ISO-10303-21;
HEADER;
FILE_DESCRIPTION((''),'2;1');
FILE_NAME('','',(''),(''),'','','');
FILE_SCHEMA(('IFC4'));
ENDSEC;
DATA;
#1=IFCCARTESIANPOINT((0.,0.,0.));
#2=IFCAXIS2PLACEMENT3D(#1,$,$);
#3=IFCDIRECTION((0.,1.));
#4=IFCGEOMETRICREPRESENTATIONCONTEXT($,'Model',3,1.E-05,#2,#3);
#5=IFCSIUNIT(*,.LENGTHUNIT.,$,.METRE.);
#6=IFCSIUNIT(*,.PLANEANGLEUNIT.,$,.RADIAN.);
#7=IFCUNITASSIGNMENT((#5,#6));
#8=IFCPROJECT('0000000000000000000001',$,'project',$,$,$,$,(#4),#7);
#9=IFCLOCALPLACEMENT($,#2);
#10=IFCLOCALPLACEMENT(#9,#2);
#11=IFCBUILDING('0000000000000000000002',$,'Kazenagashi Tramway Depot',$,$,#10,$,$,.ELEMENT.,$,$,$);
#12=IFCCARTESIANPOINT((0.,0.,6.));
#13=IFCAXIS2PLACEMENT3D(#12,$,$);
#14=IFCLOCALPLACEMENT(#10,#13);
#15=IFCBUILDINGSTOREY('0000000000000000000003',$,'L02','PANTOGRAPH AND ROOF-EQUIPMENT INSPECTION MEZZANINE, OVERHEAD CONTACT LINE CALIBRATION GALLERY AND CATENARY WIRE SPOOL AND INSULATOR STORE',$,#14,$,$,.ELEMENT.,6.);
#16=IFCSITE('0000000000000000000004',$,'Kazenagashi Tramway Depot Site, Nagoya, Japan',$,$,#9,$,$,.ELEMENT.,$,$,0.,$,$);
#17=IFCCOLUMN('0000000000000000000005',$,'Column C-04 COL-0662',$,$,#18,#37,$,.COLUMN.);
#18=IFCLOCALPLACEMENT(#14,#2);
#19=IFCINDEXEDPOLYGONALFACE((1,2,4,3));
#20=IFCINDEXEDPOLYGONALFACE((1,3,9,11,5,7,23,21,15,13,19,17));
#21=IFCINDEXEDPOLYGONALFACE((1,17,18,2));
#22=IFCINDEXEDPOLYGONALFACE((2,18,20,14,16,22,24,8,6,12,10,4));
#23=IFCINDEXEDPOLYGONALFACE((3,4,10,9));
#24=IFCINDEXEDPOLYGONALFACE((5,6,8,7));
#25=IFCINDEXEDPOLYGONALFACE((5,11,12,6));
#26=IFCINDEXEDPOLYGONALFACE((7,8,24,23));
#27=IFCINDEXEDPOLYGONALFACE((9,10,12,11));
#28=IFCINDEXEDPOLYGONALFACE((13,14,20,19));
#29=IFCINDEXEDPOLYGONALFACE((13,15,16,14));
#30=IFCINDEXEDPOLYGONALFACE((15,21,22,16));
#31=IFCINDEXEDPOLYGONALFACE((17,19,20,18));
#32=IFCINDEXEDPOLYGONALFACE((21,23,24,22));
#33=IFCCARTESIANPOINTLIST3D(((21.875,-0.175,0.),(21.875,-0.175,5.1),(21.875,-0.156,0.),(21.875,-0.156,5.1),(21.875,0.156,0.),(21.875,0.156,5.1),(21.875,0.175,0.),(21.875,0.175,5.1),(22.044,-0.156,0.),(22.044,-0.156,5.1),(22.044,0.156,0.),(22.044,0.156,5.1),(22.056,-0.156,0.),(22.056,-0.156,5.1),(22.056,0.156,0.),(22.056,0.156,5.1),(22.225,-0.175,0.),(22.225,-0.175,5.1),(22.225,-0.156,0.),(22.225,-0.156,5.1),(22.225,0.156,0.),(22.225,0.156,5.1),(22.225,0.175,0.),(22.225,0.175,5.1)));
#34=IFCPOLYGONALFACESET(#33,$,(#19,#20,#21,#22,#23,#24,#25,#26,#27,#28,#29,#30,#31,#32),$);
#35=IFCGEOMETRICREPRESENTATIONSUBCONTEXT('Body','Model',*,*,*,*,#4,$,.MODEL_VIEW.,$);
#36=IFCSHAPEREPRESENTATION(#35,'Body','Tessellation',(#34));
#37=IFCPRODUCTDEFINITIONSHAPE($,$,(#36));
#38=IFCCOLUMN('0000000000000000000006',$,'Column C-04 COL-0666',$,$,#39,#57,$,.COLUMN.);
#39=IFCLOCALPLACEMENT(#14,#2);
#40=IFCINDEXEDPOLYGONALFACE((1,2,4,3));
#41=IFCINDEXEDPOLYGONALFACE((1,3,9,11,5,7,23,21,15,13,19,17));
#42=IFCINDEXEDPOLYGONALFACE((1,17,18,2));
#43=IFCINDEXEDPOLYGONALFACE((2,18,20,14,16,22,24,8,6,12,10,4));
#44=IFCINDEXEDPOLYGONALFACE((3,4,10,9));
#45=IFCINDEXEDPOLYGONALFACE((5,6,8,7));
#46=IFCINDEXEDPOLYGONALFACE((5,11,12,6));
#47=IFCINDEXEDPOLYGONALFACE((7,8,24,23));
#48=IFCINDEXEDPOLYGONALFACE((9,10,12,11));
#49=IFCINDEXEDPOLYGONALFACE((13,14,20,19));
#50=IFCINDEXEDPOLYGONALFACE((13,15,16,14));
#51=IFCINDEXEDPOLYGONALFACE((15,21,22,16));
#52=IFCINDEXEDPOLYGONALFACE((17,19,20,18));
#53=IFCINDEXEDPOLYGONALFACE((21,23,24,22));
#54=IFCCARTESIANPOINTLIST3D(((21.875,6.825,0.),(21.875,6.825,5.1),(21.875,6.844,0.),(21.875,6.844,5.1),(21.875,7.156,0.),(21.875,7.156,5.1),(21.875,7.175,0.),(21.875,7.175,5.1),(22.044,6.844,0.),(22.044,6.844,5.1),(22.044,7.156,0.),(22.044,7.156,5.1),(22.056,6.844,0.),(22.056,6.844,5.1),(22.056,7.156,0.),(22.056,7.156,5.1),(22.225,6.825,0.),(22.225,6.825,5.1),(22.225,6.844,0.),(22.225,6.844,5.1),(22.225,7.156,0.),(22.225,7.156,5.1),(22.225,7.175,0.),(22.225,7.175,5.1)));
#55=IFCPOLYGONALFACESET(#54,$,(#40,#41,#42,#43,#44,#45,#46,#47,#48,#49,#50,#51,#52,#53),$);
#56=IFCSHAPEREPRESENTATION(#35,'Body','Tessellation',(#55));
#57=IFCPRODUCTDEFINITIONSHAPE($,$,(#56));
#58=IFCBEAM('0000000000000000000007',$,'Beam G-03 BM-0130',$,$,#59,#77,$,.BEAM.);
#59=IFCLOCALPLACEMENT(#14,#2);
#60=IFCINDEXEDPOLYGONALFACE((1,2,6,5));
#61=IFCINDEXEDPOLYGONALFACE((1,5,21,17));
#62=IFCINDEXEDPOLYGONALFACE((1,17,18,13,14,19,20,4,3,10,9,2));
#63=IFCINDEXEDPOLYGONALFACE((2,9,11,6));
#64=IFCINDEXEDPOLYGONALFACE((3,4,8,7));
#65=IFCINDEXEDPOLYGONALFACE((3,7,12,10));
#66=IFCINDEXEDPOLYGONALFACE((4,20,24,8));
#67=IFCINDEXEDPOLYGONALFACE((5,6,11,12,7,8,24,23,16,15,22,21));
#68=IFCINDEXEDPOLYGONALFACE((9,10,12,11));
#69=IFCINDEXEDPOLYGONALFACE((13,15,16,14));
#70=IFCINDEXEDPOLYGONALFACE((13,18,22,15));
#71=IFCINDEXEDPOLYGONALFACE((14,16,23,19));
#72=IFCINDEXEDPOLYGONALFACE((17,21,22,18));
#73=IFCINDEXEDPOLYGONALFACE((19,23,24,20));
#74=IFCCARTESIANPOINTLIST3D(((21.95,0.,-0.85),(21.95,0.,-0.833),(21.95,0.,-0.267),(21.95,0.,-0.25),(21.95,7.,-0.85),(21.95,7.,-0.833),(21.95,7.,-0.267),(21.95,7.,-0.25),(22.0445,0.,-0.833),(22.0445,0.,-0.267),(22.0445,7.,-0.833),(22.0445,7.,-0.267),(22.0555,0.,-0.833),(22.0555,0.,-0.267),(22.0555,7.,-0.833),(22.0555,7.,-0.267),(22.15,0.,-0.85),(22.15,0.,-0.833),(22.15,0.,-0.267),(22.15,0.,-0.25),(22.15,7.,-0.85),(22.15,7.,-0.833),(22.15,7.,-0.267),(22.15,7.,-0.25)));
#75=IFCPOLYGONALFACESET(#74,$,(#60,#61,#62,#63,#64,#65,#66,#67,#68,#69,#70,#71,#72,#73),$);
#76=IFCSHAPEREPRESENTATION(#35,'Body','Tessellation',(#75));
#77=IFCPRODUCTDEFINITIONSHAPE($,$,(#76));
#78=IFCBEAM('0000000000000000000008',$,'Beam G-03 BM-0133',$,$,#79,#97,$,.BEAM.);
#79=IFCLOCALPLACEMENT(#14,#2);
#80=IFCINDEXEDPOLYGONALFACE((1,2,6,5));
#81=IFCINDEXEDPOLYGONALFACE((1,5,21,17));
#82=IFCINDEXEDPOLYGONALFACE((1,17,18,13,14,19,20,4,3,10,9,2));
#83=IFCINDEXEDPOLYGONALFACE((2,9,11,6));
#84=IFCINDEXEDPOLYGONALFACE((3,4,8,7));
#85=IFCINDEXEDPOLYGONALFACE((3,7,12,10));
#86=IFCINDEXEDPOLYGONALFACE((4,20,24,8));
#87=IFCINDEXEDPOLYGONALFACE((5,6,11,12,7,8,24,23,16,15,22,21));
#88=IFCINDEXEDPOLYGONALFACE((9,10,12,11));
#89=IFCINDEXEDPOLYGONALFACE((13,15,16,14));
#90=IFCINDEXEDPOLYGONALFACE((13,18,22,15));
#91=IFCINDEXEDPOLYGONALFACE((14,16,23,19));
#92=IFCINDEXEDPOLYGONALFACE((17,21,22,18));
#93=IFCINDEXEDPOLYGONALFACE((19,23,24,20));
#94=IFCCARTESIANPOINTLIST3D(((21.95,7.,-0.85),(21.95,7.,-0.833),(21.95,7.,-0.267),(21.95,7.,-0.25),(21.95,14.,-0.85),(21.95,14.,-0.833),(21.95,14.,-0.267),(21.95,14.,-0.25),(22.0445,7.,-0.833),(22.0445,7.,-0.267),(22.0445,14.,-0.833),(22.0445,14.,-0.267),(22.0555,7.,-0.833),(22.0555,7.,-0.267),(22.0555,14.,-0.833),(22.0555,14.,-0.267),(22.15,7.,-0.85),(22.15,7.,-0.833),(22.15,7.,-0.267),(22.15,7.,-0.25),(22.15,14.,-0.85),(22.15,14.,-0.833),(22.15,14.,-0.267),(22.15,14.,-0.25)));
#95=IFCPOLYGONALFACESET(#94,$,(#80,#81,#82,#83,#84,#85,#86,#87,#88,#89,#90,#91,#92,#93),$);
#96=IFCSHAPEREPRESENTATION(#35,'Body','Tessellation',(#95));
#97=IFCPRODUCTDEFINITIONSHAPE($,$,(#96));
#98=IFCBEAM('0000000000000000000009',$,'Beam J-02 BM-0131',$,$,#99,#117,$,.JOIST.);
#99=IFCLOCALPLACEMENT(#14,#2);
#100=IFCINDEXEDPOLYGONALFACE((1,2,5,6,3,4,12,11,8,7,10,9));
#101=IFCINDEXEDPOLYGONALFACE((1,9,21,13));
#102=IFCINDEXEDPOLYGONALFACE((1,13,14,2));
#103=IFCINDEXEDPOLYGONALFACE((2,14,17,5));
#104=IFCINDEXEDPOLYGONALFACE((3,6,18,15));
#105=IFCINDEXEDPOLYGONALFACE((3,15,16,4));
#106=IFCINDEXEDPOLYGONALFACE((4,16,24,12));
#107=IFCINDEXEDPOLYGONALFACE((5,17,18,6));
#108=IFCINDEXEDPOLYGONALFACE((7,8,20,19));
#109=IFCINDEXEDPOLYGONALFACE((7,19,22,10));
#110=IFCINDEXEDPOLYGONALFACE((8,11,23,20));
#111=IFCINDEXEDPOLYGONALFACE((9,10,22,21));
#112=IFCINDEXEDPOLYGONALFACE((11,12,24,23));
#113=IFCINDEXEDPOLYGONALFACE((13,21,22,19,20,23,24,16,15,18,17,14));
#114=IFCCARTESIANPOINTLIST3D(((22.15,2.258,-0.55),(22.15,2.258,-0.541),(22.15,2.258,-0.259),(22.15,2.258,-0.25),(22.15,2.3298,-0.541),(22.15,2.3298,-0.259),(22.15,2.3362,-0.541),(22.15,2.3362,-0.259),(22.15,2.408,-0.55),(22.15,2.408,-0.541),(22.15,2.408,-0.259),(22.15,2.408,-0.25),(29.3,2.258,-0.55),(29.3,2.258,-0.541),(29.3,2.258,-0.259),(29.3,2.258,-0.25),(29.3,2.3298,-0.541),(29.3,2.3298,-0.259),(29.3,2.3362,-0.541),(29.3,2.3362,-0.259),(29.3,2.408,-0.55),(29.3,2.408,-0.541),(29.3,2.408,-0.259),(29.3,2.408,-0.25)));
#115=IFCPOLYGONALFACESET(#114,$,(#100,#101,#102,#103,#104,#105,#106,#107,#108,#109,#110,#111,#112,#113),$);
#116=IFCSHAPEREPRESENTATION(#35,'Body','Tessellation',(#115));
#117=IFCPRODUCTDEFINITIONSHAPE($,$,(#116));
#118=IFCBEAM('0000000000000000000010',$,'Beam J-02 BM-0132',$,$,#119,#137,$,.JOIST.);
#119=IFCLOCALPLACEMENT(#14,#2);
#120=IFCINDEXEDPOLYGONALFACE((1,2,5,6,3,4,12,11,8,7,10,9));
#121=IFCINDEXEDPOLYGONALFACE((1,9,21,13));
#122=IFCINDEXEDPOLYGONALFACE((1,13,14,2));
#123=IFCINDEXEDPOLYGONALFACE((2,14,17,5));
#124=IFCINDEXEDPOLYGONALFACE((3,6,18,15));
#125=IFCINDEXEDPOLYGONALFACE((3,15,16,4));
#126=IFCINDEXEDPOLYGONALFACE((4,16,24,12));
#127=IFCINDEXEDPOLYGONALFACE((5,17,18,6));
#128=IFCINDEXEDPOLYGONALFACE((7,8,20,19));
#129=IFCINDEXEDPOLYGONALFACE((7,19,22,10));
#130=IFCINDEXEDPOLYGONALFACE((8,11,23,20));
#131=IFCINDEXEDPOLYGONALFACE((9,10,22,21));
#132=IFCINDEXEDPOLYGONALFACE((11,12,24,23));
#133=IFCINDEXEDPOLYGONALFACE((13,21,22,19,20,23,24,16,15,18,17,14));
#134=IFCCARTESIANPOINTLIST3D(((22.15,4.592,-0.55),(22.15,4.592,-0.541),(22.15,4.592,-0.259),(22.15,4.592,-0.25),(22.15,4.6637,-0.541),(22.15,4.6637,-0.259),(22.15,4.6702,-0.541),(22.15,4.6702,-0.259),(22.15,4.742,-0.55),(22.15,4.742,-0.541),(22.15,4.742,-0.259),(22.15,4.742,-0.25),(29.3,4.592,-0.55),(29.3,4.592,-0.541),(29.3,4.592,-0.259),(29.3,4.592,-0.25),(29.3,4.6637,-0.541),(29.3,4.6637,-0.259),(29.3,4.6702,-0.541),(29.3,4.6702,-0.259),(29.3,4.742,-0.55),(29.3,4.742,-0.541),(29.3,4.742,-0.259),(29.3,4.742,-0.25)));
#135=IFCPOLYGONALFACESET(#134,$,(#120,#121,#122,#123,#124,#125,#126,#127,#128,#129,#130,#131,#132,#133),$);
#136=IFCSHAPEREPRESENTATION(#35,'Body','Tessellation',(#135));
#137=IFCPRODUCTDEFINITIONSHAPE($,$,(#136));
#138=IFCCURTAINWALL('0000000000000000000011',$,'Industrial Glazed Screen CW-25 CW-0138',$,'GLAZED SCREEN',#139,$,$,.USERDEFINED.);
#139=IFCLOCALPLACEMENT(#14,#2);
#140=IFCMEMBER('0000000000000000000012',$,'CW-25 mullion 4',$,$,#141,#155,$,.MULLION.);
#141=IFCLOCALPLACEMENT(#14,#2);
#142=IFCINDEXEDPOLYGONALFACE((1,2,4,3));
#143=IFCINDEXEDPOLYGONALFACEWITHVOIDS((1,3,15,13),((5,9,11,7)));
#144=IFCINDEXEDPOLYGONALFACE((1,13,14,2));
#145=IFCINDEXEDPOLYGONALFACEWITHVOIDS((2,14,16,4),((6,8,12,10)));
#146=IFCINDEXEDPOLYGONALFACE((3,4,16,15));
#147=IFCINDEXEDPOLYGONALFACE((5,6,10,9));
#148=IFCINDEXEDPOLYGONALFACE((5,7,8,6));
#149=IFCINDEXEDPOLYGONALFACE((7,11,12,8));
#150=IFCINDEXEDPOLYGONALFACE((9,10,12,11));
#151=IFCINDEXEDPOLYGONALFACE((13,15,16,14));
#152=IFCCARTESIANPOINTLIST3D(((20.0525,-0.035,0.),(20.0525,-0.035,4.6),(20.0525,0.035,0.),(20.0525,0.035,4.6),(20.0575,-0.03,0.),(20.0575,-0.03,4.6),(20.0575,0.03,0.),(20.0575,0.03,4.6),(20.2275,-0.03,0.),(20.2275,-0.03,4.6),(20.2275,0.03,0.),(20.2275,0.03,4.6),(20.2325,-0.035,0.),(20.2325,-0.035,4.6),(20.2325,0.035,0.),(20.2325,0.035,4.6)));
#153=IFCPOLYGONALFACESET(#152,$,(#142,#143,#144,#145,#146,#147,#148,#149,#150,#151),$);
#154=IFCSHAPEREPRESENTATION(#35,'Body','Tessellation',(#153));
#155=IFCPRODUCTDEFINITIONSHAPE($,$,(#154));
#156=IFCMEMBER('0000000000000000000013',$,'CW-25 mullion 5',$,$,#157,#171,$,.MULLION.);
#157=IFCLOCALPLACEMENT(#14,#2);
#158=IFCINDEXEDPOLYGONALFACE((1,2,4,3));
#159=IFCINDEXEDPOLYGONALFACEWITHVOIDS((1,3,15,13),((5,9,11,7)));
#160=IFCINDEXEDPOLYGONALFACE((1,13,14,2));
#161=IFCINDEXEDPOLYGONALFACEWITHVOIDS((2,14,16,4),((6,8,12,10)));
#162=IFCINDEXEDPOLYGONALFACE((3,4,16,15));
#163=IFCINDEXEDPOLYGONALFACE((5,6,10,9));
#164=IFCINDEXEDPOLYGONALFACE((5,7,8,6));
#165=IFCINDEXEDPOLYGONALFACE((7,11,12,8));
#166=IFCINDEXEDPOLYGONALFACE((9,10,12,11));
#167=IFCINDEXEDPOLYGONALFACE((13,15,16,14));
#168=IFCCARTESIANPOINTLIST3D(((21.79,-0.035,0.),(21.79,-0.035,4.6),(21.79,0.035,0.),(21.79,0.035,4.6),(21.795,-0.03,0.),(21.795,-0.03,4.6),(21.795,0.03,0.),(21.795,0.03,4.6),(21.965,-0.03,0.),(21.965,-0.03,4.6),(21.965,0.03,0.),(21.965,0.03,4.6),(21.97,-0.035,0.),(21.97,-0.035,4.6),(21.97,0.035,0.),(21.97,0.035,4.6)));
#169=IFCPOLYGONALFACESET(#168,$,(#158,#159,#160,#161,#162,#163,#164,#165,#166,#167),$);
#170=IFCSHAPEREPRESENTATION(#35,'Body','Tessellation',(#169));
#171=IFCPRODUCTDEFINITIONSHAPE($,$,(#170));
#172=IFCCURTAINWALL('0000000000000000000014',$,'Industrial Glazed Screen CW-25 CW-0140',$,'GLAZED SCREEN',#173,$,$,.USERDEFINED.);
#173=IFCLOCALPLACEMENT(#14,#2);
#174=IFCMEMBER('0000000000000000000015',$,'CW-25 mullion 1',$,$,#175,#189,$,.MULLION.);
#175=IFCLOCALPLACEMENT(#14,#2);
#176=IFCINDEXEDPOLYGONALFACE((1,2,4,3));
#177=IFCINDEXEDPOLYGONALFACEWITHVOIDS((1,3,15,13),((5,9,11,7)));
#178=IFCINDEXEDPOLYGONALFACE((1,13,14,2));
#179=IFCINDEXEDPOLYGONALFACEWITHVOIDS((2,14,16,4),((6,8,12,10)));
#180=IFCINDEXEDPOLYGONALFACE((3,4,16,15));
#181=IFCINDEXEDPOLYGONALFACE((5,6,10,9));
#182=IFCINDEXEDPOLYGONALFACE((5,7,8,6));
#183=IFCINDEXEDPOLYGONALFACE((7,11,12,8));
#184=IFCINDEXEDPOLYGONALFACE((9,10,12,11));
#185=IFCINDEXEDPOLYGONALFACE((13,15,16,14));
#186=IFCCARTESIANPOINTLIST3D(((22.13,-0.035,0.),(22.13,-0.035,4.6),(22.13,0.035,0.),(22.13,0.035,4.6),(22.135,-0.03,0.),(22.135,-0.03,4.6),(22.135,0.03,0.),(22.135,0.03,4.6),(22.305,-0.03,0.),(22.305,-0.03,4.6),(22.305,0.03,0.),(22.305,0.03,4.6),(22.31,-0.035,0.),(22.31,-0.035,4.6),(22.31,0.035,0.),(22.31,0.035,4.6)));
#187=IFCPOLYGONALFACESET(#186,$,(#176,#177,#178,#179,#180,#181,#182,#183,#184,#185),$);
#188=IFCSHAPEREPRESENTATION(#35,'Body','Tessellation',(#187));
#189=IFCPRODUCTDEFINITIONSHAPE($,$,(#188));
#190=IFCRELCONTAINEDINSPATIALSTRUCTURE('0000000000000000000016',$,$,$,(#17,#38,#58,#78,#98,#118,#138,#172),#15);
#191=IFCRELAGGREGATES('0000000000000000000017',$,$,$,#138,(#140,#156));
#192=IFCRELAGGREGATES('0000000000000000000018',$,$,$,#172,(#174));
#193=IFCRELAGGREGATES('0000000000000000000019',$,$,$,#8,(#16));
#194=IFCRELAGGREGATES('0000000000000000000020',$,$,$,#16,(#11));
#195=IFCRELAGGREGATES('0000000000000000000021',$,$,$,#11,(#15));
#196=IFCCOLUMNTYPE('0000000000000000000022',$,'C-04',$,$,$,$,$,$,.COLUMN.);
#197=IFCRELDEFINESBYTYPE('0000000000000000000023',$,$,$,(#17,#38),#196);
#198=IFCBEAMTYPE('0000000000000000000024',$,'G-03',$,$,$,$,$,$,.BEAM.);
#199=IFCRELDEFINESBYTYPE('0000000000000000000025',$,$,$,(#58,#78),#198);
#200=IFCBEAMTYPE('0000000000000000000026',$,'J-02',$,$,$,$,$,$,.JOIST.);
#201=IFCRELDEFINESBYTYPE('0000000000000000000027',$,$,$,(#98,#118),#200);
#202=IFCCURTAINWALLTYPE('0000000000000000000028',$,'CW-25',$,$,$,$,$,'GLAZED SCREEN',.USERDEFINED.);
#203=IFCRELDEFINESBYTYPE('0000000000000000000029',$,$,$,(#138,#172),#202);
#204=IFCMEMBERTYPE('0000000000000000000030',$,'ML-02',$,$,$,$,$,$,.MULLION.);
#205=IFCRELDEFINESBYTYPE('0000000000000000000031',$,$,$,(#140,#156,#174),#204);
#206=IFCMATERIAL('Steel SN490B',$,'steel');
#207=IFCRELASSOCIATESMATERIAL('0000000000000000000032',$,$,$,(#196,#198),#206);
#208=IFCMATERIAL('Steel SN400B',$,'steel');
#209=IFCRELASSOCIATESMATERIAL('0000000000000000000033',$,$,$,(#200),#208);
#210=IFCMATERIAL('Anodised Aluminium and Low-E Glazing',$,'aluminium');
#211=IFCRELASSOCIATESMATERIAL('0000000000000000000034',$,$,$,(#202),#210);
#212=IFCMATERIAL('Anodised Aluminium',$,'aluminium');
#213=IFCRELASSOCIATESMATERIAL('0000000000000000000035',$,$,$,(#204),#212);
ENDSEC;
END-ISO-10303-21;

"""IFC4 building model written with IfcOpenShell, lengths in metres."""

from ifc_helpers import new_model, si_unit, direction, frame, origin, origin_2d, place, context, subcontext, project, spatial, hollow_rectangle, i_section, extrude, material, material_profile, profile_set, type_object, element, aggregate, save


model = new_model("IFC4")

# Units and contexts
model_context = context("Model", 3, precision=1e-05, world=origin(), true_north=direction((0.0, 1.0)))
body_context = subcontext(model_context, "Body", "Model", "MODEL_VIEW")
ifc_project = project(units=[si_unit("LENGTHUNIT", "METRE"), si_unit("PLANEANGLEUNIT", "RADIAN")], contexts=[model_context])

# Site, building, storey
site_placement = place(None, origin())
site = spatial("IfcSite", under=ifc_project, at=site_placement, Name="Kazenagashi Tramway Depot Site, Nagoya, Japan", CompositionType="ELEMENT", RefElevation=0.0)
building_placement = place(site_placement, origin())
building = spatial("IfcBuilding", under=site, at=building_placement, Name="Kazenagashi Tramway Depot", CompositionType="ELEMENT")
storey_placement = place(building_placement, frame((0.0, 0.0, 6.0)))
storey = spatial("IfcBuildingStorey", under=building, at=storey_placement, Name="L02", Description="PANTOGRAPH AND ROOF-EQUIPMENT INSPECTION MEZZANINE, OVERHEAD CONTACT LINE CALIBRATION GALLERY AND CATENARY WIRE SPOOL AND INSULATOR STORE", CompositionType="ELEMENT", Elevation=6.0)

# Columns
ifc_material_1 = material(Name="Steel SN490B", Category="steel")
ifc_material_profile_1 = material_profile(ifc_material_1, i_section(OverallWidth=0.35, OverallDepth=0.35, WebThickness=0.012, FlangeThickness=0.019, at=origin_2d()), Name="H-350x350x12x19")
ifc_profile_set_1 = profile_set([ifc_material_profile_1], Name="Steel SN490B")
column_type = type_object("IfcColumnType", Name="C-04", PredefinedType="COLUMN", material=ifc_profile_set_1)
for number, where, z_axis, x_axis, name in (
    (1, (22.05, 0.0, 0.0), (0.0, 0.0, 1.0), (1.0, 0.0, 0.0), "Column C-04 COL-0662"),
    (2, (22.05, 7.0, 0.0), (0.0, 0.0, 1.0), (1.0, 0.0, 0.0), "Column C-04 COL-0666"),
):
    element("IfcColumn", number, at=place(storey_placement, frame(where, z_axis=z_axis, x_axis=x_axis)), inside=storey, type_object=column_type, Name=name, PredefinedType="COLUMN", context=body_context, shape_type="SweptSolid", body=[
        extrude(i_section(OverallWidth=0.35, OverallDepth=0.35, WebThickness=0.012, FlangeThickness=0.019, at=origin_2d()), origin(), (0.0, 0.0, 1.0), 5.1),
    ])

# Beams
ifc_material_profile_2 = material_profile(ifc_material_1, i_section(OverallWidth=0.2, OverallDepth=0.6, WebThickness=0.011, FlangeThickness=0.017, at=origin_2d()), Name="H-600x200x11x17")
ifc_profile_set_2 = profile_set([ifc_material_profile_2], Name="Steel SN490B")
beam_type_1 = type_object("IfcBeamType", Name="G-03", PredefinedType="BEAM", material=ifc_profile_set_2)
for number, where, z_axis, x_axis, name in (
    (3, (22.05, 0.0, -0.55), (0.0, 1.0, 0.0), (-1.0, 0.0, 0.0), "Beam G-03 BM-0130"),
    (4, (22.05, 7.0, -0.55), (0.0, 1.0, 0.0), (-1.0, 0.0, 0.0), "Beam G-03 BM-0133"),
):
    element("IfcBeam", number, at=place(storey_placement, frame(where, z_axis=z_axis, x_axis=x_axis)), inside=storey, type_object=beam_type_1, Name=name, PredefinedType="BEAM", context=body_context, shape_type="SweptSolid", body=[
        extrude(i_section(OverallWidth=0.2, OverallDepth=0.6, WebThickness=0.011, FlangeThickness=0.017, at=origin_2d()), origin(), (0.0, 0.0, 1.0), 7.0),
    ])
ifc_material_2 = material(Name="Steel SN400B", Category="steel")
ifc_material_profile_3 = material_profile(ifc_material_2, i_section(OverallWidth=0.15, OverallDepth=0.3, WebThickness=0.0065, FlangeThickness=0.009, at=origin_2d()), Name="H-300x150x6.5x9")
ifc_profile_set_3 = profile_set([ifc_material_profile_3], Name="Steel SN400B")
beam_type_2 = type_object("IfcBeamType", Name="J-02", PredefinedType="JOIST", material=ifc_profile_set_3)
for number, where, z_axis, x_axis, name in (
    (5, (22.15, 2.333, -0.4), (1.0, 0.0, 0.0), (0.0, 1.0, 0.0), "Beam J-02 BM-0131"),
    (6, (22.15, 4.667, -0.4), (1.0, 0.0, 0.0), (0.0, 1.0, 0.0), "Beam J-02 BM-0132"),
):
    element("IfcBeam", number, at=place(storey_placement, frame(where, z_axis=z_axis, x_axis=x_axis)), inside=storey, type_object=beam_type_2, Name=name, PredefinedType="JOIST", context=body_context, shape_type="SweptSolid", body=[
        extrude(i_section(OverallWidth=0.15, OverallDepth=0.3, WebThickness=0.0065, FlangeThickness=0.009, at=origin_2d()), origin(), (0.0, 0.0, 1.0), 7.15),
    ])

# Curtain walls, members
ifc_material_3 = material(Name="Anodised Aluminium and Low-E Glazing", Category="aluminium")
curtain_wall_type = type_object("IfcCurtainWallType", Name="CW-25", ElementType="GLAZED SCREEN", PredefinedType="USERDEFINED", material=ifc_material_3)
curtain_wall_1_placement = place(storey_placement, origin())
curtain_wall_1 = element("IfcCurtainWall", 7, at=curtain_wall_1_placement, inside=storey, type_object=curtain_wall_type, Name="Industrial Glazed Screen CW-25 CW-0138", ObjectType="GLAZED SCREEN", PredefinedType="USERDEFINED")
ifc_material_4 = material(Name="Anodised Aluminium", Category="aluminium")
ifc_material_profile_4 = material_profile(ifc_material_4, hollow_rectangle(XDim=0.07, YDim=0.18, WallThickness=0.005, at=origin_2d()), Name="RHS-180x70x5")
ifc_profile_set_4 = profile_set([ifc_material_profile_4], Name="Anodised Aluminium")
member_type_1 = type_object("IfcMemberType", Name="ML-02", PredefinedType="MULLION", material=ifc_profile_set_4)
member_1_placement = place(storey_placement, frame((20.1425, 0.0, 0.0), z_axis=(0.0, 0.0, 1.0), x_axis=(0.0, 1.0, 0.0)))
member_1 = element("IfcMember", 8, at=member_1_placement, type_object=member_type_1, Name="CW-25 mullion 4", PredefinedType="MULLION", context=body_context, shape_type="SweptSolid", body=[
    extrude(hollow_rectangle(XDim=0.07, YDim=0.18, WallThickness=0.005, at=origin_2d()), origin(), (0.0, 0.0, 1.0), 4.6),
])
member_2_placement = place(storey_placement, frame((21.88, 0.0, 0.0), z_axis=(0.0, 0.0, 1.0), x_axis=(0.0, 1.0, 0.0)))
member_2 = element("IfcMember", 9, at=member_2_placement, type_object=member_type_1, Name="CW-25 mullion 5", PredefinedType="MULLION", context=body_context, shape_type="SweptSolid", body=[
    extrude(hollow_rectangle(XDim=0.07, YDim=0.18, WallThickness=0.005, at=origin_2d()), origin(), (0.0, 0.0, 1.0), 4.6),
])
curtain_wall_2_placement = place(storey_placement, origin())
curtain_wall_2 = element("IfcCurtainWall", 10, at=curtain_wall_2_placement, inside=storey, type_object=curtain_wall_type, Name="Industrial Glazed Screen CW-25 CW-0140", ObjectType="GLAZED SCREEN", PredefinedType="USERDEFINED")
member_3_placement = place(storey_placement, frame((22.22, 0.0, 0.0), z_axis=(0.0, 0.0, 1.0), x_axis=(0.0, 1.0, 0.0)))
member_3 = element("IfcMember", 11, at=member_3_placement, type_object=member_type_1, Name="CW-25 mullion 1", PredefinedType="MULLION", context=body_context, shape_type="SweptSolid", body=[
    extrude(hollow_rectangle(XDim=0.07, YDim=0.18, WallThickness=0.005, at=origin_2d()), origin(), (0.0, 0.0, 1.0), 4.6),
])

aggregate(curtain_wall_1, [member_1, member_2])
aggregate(curtain_wall_2, [member_3])

save(model, "model.ifc")
